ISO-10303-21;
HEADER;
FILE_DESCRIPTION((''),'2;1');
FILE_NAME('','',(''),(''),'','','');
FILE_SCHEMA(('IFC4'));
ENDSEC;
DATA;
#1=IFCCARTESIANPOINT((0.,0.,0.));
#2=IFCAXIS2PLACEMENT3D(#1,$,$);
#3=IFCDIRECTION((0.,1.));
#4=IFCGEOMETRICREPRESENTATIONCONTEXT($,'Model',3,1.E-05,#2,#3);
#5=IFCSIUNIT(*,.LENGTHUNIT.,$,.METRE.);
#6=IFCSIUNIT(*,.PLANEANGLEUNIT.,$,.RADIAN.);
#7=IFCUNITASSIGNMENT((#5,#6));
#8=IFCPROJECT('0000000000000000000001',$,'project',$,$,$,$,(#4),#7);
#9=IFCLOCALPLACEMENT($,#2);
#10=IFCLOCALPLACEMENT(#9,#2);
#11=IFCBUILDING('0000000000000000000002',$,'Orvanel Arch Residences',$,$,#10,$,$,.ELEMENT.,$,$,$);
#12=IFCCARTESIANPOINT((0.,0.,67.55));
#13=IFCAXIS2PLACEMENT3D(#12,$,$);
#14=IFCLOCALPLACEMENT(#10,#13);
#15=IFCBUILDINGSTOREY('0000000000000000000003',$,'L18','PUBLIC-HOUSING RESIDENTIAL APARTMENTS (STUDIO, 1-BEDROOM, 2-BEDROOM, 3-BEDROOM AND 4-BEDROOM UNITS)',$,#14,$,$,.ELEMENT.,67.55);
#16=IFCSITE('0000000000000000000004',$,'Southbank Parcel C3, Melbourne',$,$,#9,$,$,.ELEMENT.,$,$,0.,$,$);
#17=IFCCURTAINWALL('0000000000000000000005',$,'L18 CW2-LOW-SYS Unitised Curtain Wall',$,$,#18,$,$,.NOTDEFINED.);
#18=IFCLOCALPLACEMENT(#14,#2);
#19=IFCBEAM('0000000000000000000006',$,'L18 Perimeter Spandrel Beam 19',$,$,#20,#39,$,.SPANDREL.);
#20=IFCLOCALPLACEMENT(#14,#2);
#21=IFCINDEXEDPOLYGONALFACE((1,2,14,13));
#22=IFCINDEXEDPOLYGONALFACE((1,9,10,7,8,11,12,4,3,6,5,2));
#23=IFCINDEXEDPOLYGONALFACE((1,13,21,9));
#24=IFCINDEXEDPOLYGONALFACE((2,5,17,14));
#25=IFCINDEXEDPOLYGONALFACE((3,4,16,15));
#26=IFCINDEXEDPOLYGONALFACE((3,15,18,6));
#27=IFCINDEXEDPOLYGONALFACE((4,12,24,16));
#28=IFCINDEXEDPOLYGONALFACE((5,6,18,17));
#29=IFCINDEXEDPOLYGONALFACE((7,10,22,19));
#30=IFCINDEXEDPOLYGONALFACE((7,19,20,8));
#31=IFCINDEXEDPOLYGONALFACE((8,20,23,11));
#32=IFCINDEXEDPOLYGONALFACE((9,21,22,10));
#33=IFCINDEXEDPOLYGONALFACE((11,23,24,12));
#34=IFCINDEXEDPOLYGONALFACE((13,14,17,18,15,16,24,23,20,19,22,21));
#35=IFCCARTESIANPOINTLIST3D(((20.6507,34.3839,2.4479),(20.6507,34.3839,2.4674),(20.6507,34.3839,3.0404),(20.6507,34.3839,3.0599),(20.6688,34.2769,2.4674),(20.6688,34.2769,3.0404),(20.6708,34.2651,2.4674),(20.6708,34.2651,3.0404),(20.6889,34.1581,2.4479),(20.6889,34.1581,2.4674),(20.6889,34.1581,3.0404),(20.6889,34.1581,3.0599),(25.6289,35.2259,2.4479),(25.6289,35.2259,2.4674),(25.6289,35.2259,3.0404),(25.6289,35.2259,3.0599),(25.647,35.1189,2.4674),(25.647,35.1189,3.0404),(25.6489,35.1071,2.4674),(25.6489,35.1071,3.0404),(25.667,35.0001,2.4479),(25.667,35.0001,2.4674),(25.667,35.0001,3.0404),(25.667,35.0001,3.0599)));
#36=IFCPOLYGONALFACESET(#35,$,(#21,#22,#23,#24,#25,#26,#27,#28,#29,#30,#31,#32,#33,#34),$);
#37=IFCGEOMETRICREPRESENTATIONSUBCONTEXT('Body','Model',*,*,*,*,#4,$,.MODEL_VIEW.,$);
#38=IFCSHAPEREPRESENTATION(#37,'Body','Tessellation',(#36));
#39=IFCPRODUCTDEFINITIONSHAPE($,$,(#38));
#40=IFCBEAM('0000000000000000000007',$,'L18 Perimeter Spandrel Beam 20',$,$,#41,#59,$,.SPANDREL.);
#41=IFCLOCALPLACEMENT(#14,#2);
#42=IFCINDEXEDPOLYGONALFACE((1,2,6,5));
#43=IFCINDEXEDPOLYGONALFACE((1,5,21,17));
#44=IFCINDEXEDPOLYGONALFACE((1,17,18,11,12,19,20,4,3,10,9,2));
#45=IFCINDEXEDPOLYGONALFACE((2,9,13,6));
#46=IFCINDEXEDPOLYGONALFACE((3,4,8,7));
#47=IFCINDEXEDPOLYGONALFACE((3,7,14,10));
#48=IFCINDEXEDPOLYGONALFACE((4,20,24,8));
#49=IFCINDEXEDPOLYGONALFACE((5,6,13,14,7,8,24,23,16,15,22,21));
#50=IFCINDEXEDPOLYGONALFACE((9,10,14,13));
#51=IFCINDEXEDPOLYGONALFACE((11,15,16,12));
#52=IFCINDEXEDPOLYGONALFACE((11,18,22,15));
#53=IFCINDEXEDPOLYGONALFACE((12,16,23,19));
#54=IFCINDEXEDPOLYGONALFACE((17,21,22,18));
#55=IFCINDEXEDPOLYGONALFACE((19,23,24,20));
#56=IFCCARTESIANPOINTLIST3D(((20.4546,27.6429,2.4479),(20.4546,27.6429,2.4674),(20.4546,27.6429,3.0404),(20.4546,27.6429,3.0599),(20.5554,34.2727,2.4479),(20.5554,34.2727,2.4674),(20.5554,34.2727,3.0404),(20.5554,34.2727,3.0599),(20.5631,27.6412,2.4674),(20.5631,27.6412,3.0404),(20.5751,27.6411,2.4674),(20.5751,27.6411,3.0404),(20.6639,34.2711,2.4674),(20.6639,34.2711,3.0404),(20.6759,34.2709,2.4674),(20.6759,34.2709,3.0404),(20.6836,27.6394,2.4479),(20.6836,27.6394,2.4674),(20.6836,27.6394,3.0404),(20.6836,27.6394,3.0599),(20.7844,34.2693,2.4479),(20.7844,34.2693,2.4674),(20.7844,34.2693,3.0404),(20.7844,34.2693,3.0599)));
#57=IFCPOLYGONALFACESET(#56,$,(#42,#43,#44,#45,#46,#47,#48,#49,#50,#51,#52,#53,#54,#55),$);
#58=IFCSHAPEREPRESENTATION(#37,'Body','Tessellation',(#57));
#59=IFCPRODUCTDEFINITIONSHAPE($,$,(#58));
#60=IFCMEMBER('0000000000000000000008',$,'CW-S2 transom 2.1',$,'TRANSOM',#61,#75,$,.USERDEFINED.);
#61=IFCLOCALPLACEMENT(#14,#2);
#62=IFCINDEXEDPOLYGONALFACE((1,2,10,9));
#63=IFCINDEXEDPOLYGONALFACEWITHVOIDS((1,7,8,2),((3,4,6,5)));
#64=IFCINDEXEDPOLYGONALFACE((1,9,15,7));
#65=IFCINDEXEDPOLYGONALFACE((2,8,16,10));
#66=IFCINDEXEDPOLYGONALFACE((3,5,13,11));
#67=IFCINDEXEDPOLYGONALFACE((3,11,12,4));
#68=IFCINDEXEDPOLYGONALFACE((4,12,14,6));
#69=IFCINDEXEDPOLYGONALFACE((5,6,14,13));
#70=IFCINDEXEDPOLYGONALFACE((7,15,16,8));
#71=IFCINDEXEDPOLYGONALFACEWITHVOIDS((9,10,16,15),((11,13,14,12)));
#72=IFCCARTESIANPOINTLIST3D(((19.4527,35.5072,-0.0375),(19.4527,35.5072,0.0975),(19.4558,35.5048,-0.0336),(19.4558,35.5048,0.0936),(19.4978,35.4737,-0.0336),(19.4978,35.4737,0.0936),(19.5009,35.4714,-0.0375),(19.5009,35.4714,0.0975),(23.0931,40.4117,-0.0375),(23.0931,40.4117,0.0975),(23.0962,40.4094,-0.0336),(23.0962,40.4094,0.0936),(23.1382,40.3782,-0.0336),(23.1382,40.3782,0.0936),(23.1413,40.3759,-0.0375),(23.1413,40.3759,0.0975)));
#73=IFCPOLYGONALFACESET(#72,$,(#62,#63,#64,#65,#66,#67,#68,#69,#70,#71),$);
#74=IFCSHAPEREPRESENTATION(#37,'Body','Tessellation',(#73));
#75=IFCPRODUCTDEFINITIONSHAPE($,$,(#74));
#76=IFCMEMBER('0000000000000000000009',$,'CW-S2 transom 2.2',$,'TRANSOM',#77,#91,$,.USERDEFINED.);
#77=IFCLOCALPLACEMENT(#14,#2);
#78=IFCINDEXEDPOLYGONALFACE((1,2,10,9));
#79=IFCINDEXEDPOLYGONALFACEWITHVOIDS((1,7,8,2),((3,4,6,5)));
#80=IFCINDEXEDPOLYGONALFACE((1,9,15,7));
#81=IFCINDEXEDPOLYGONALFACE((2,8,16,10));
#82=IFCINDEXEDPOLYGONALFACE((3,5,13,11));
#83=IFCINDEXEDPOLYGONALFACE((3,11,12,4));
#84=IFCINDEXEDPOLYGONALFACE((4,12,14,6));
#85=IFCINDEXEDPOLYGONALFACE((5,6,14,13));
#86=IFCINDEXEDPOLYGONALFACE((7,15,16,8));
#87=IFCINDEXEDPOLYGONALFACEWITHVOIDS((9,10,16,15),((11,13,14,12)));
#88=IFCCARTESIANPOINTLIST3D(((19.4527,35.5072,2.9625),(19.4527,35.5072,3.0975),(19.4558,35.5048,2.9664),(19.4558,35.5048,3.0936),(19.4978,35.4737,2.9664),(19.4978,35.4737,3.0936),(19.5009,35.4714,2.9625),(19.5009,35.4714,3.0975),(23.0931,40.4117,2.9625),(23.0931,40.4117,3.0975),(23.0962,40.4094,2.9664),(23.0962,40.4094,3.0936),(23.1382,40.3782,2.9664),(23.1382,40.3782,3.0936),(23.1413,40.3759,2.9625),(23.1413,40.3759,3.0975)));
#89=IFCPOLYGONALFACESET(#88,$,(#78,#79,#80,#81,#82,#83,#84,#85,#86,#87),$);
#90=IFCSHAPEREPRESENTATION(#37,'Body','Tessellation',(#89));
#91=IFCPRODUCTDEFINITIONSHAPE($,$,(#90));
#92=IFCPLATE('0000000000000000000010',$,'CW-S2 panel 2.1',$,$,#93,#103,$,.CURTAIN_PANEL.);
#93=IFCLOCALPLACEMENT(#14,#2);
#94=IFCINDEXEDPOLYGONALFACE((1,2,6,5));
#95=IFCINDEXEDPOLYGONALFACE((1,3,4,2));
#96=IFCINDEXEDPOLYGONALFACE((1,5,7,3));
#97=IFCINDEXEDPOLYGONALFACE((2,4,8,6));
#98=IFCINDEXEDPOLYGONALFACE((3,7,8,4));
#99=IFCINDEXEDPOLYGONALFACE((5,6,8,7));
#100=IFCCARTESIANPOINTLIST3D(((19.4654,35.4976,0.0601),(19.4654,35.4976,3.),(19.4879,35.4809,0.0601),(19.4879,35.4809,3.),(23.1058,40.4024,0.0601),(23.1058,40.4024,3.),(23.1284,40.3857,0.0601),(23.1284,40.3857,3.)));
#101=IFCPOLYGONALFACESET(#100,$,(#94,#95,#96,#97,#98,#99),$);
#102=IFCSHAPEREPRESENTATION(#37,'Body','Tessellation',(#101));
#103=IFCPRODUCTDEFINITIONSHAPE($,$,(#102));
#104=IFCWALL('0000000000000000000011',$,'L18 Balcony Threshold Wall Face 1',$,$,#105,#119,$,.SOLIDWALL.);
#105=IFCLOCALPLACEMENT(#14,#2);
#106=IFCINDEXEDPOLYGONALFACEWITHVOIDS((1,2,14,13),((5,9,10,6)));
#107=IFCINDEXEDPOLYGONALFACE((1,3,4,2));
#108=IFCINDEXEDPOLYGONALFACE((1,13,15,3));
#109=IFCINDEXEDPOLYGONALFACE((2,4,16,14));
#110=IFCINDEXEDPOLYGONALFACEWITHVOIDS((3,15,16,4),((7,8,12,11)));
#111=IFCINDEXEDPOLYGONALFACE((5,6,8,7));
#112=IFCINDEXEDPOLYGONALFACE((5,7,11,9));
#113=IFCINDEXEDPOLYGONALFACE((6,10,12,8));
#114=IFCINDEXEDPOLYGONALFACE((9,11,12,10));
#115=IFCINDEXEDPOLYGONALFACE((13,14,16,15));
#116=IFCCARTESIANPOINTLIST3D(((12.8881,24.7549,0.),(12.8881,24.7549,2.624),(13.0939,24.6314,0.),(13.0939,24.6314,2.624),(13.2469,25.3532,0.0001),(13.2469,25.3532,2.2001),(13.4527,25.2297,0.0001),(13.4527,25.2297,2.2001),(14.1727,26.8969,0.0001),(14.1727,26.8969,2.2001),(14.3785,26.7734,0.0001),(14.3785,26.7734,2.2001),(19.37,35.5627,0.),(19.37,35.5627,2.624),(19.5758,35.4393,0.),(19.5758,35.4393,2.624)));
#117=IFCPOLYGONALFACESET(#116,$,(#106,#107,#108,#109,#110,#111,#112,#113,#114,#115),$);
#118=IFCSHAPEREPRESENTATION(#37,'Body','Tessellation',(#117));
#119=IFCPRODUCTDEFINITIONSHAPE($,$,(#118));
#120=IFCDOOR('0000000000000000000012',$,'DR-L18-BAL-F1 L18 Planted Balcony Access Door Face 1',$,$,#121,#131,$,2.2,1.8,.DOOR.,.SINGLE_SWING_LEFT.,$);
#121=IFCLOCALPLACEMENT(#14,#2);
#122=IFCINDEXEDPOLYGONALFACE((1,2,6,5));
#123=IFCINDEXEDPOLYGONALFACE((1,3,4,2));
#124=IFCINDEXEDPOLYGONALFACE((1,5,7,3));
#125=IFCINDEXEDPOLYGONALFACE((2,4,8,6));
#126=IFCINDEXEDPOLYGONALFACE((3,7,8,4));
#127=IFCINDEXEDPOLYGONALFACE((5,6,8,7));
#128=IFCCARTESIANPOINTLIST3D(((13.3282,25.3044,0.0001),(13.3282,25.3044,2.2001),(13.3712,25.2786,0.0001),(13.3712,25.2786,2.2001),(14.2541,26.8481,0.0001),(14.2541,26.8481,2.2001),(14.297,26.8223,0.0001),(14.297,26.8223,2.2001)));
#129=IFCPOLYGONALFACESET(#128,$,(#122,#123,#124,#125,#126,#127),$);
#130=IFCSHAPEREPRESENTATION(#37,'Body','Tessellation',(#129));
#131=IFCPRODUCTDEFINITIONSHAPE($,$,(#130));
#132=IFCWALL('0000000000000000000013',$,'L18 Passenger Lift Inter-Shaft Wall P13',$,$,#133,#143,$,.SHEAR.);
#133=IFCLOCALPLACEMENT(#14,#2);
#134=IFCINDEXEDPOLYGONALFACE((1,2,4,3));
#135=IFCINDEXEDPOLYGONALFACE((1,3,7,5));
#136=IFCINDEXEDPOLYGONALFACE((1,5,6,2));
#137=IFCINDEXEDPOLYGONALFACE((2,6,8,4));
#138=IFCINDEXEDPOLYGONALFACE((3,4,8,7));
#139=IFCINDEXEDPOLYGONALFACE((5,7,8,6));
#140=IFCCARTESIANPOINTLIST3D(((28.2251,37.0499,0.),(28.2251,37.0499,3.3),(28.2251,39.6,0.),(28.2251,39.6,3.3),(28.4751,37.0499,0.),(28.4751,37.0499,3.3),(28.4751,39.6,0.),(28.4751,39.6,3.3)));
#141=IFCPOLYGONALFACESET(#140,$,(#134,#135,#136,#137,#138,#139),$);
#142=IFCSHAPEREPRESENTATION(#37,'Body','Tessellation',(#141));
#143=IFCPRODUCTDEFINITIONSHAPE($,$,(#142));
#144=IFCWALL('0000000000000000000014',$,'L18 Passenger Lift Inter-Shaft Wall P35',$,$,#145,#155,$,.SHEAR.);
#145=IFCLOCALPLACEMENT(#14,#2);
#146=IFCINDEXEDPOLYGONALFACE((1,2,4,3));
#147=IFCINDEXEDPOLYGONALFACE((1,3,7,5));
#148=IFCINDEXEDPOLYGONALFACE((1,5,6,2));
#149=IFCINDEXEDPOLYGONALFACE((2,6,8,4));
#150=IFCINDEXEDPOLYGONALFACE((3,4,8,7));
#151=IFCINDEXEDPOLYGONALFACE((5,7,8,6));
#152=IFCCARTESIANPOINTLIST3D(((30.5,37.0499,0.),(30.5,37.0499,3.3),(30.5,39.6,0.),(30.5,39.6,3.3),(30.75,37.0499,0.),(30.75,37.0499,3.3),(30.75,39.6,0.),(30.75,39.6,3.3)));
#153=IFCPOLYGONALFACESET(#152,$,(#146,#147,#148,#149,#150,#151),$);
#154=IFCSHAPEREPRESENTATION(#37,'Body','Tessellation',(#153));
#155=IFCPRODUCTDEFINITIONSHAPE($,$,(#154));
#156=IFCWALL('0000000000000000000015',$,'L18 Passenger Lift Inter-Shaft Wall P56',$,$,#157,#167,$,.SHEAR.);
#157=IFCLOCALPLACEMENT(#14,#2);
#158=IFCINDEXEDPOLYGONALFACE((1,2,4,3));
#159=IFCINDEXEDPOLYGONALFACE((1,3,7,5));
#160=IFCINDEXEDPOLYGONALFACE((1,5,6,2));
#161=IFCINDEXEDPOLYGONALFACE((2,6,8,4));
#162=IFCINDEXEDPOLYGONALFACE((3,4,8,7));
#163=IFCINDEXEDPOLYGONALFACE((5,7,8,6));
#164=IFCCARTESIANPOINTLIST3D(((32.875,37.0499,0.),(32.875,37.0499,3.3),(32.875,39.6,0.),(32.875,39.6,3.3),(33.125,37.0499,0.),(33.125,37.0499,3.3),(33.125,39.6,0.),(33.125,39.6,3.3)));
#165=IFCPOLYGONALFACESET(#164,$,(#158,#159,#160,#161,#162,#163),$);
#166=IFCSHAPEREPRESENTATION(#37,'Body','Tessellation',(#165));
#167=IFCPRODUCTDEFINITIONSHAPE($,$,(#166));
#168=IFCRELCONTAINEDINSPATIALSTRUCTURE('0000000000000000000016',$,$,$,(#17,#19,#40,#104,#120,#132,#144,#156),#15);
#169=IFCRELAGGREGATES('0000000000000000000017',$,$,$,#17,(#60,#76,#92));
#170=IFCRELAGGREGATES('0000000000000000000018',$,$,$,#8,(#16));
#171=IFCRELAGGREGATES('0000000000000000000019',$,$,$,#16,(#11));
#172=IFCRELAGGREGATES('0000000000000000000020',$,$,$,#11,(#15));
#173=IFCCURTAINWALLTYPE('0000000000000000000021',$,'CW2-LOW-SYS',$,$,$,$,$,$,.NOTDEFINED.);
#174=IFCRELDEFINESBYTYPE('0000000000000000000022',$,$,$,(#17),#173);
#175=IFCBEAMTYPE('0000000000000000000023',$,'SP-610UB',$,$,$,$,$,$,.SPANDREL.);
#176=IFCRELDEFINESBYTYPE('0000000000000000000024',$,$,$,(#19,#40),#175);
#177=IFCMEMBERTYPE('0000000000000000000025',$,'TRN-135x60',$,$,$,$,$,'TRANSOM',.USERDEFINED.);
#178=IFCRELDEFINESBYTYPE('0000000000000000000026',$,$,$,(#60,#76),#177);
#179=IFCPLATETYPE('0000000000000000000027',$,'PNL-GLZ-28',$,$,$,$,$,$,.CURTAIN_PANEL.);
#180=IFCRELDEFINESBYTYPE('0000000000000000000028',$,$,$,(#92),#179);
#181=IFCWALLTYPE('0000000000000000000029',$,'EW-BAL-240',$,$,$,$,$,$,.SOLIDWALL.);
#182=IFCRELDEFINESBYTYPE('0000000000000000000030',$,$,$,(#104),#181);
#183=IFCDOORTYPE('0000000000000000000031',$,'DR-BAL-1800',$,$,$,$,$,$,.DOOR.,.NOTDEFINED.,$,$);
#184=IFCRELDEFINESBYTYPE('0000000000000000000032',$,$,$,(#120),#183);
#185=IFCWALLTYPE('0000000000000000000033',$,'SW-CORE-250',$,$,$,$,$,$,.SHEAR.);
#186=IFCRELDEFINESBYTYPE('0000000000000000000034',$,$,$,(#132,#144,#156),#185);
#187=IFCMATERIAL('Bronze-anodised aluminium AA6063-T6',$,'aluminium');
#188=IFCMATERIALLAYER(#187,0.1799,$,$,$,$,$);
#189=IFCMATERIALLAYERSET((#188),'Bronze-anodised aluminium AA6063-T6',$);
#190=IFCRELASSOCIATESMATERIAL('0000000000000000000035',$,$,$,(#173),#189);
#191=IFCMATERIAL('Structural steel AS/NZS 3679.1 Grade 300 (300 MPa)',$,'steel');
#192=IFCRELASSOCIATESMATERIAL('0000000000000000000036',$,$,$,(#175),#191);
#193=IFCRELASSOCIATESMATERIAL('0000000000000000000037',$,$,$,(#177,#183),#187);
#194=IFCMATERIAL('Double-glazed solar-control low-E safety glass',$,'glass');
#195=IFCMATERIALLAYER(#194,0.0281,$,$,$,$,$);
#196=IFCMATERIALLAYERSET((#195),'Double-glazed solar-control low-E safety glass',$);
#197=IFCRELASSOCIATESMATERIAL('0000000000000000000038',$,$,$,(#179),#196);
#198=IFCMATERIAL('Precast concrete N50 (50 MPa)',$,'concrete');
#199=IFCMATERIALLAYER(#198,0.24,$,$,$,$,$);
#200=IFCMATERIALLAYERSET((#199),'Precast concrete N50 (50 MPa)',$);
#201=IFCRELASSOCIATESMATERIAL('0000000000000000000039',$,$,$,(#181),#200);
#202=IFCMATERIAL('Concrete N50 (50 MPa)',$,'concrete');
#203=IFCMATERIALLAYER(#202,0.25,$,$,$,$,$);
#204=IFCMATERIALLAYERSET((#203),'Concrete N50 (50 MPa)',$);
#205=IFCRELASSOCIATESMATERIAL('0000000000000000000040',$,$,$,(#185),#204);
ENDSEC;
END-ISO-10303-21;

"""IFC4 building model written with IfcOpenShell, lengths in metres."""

from ifc_helpers import new_model, si_unit, direction, frame, frame_2d, origin, origin_2d, place, context, subcontext, project, spatial, rectangle, hollow_rectangle, i_section, extrude, material, layer, layer_set, material_profile, profile_set, type_object, element, fill, aggregate, save


model = new_model("IFC4")

# Units and contexts
model_context = context("Model", 3, precision=1e-05, world=origin(), true_north=direction((0.0, 1.0)))
body_context = subcontext(model_context, "Body", "Model", "MODEL_VIEW")
ifc_project = project(units=[si_unit("LENGTHUNIT", "METRE"), si_unit("PLANEANGLEUNIT", "RADIAN")], contexts=[model_context])

# Site, building, storey
site_placement = place(None, origin())
site = spatial("IfcSite", under=ifc_project, at=site_placement, Name="Southbank Parcel C3, Melbourne", CompositionType="ELEMENT", RefElevation=0.0)
building_placement = place(site_placement, origin())
building = spatial("IfcBuilding", under=site, at=building_placement, Name="Orvanel Arch Residences", CompositionType="ELEMENT")
storey_placement = place(building_placement, frame((0.0, 0.0, 67.55)))
storey = spatial("IfcBuildingStorey", under=building, at=storey_placement, Name="L18", Description="PUBLIC-HOUSING RESIDENTIAL APARTMENTS (STUDIO, 1-BEDROOM, 2-BEDROOM, 3-BEDROOM AND 4-BEDROOM UNITS)", CompositionType="ELEMENT", Elevation=67.55)

# Shared definitions
ifc_material_1 = material(Name="Structural steel AS/NZS 3679.1 Grade 300 (300 MPa)", Category="steel")

# Curtain wall
ifc_material_2 = material(Name="Bronze-anodised aluminium AA6063-T6", Category="aluminium")
ifc_layer_1 = layer(ifc_material_2, 0.1799)
ifc_layer_set_1 = layer_set([ifc_layer_1], Name="Bronze-anodised aluminium AA6063-T6")
curtain_wall_type = type_object("IfcCurtainWallType", Name="CW2-LOW-SYS", PredefinedType="NOTDEFINED", material=ifc_layer_set_1)
curtain_wall_placement = place(storey_placement, origin())
curtain_wall = element("IfcCurtainWall", 1, at=curtain_wall_placement, inside=storey, type_object=curtain_wall_type, Name="L18 CW2-LOW-SYS Unitised Curtain Wall", PredefinedType="NOTDEFINED")

# Beams
ifc_material_profile_1 = material_profile(ifc_material_1, i_section(OverallWidth=0.229, OverallDepth=0.6121, WebThickness=0.012, FlangeThickness=0.0195, at=origin_2d()), Name="610UB125")
ifc_profile_set_1 = profile_set([ifc_material_profile_1], Name="Structural steel AS/NZS 3679.1 Grade 300 (300 MPa)")
beam_type_1 = type_object("IfcBeamType", Name="SP-610UB", PredefinedType="SPANDREL", material=ifc_profile_set_1)
beam_1_placement = place(storey_placement, frame((25.6479, 35.113, 2.7539), z_axis=(-0.985994, -0.166782, 0.0), x_axis=(0.166782, -0.985994, 0.0)))
element("IfcBeam", 2, at=beam_1_placement, inside=storey, type_object=beam_type_1, Name="L18 Perimeter Spandrel Beam 19", PredefinedType="SPANDREL", context=body_context, shape_type="SweptSolid", body=[
    extrude(i_section(OverallWidth=0.229, OverallDepth=0.6121, WebThickness=0.012, FlangeThickness=0.0195, at=origin_2d()), origin(), (0.0, 0.0, 1.0), 5.0488),
])
beam_2_placement = place(storey_placement, frame((20.6699, 34.271, 2.7539), z_axis=(-0.015207, -0.999884, 0.0), x_axis=(0.999884, -0.015207, 0.0)))
element("IfcBeam", 3, at=beam_2_placement, inside=storey, type_object=beam_type_1, Name="L18 Perimeter Spandrel Beam 20", PredefinedType="SPANDREL", context=body_context, shape_type="SweptSolid", body=[
    extrude(i_section(OverallWidth=0.229, OverallDepth=0.6121, WebThickness=0.012, FlangeThickness=0.0195, at=origin_2d()), origin(), (0.0, 0.0, 1.0), 6.6306),
])

# Members
ifc_material_profile_2 = material_profile(ifc_material_2, hollow_rectangle(XDim=0.0601, YDim=0.135, WallThickness=0.0039, at=origin_2d()), Name="ALU135x60x4")
ifc_profile_set_2 = profile_set([ifc_material_profile_2], Name="Bronze-anodised aluminium AA6063-T6")
member_type_1 = type_object("IfcMemberType", Name="TRN-135x60", ElementType="TRANSOM", PredefinedType="USERDEFINED", material=ifc_profile_set_2)
member_1_placement = place(storey_placement, frame((23.1172, 40.3938, 0.03), z_axis=(-0.596008, -0.802978, 0.0), x_axis=(0.802978, -0.596008, 0.0)))
member_1 = element("IfcMember", 4, at=member_1_placement, type_object=member_type_1, Name="CW-S2 transom 2.1", ObjectType="TRANSOM", PredefinedType="USERDEFINED", context=body_context, shape_type="SweptSolid", body=[
    extrude(hollow_rectangle(XDim=0.0601, YDim=0.135, WallThickness=0.0039, at=origin_2d()), origin(), (0.0, 0.0, 1.0), 6.1079),
])
member_2_placement = place(storey_placement, frame((23.1172, 40.3938, 3.03), z_axis=(-0.596008, -0.802978, 0.0), x_axis=(0.802978, -0.596008, 0.0)))
member_2 = element("IfcMember", 5, at=member_2_placement, type_object=member_type_1, Name="CW-S2 transom 2.2", ObjectType="TRANSOM", PredefinedType="USERDEFINED", context=body_context, shape_type="SweptSolid", body=[
    extrude(hollow_rectangle(XDim=0.0601, YDim=0.135, WallThickness=0.0039, at=origin_2d()), origin(), (0.0, 0.0, 1.0), 6.1079),
])

# Plate
ifc_material_3 = material(Name="Double-glazed solar-control low-E safety glass", Category="glass")
ifc_layer_2 = layer(ifc_material_3, 0.0281)
ifc_layer_set_2 = layer_set([ifc_layer_2], Name="Double-glazed solar-control low-E safety glass")
plate_type = type_object("IfcPlateType", Name="PNL-GLZ-28", PredefinedType="CURTAIN_PANEL", material=ifc_layer_set_2)
plate_placement = place(storey_placement, frame((21.2969, 37.9417, 0.0601), z_axis=(0.0, 0.0, 1.0), x_axis=(-0.596001, -0.802984, 0.0)))
plate = element("IfcPlate", 6, at=plate_placement, type_object=plate_type, Name="CW-S2 panel 2.1", PredefinedType="CURTAIN_PANEL", context=body_context, shape_type="SweptSolid", body=[
    extrude(rectangle(XDim=6.1082, YDim=0.0281, at=origin_2d()), origin(), (0.0, 0.0, 1.0), 2.9399),
])
aggregate(curtain_wall, [member_1, member_2, plate])

# Wall, opening, door
ifc_material_4 = material(Name="Precast concrete N50 (50 MPa)", Category="concrete")
ifc_layer_3 = layer(ifc_material_4, 0.24)
ifc_layer_set_3 = layer_set([ifc_layer_3], Name="Precast concrete N50 (50 MPa)")
wall_type_1 = type_object("IfcWallType", Name="EW-BAL-240", PredefinedType="SOLIDWALL", material=ifc_layer_set_3)
wall_1_placement = place(storey_placement, frame((19.4729, 35.501, 0.0), z_axis=(0.0, 0.0, 1.0), x_axis=(-0.514333, -0.85759, 0.0)))
wall_1 = element("IfcWall", 7, at=wall_1_placement, inside=storey, type_object=wall_type_1, Name="L18 Balcony Threshold Wall Face 1", PredefinedType="SOLIDWALL", context=body_context, shape_type="SweptSolid", body=[
    extrude(rectangle(XDim=12.6025, YDim=0.24, at=frame_2d((6.3013, 0.0))), origin(), (0.0, 0.0, 1.0), 2.624),
])
opening_1_placement = place(wall_1_placement, frame((10.105, 0.0, 0.0)))
opening_1 = element("IfcOpeningElement", 8, at=opening_1_placement, cuts=wall_1, PredefinedType="OPENING", context=body_context, shape_type="SweptSolid", body=[
    extrude(rectangle(XDim=1.8, YDim=2.2, at=frame_2d((0.8999, 1.1001))), frame((0.0, 0.1299, 0.0), z_axis=(0.0, -1.0, 0.0), x_axis=(1.0, 0.0, 0.0)), (0.0, 0.0, 1.0), 0.26),
])
door_type_1 = type_object("IfcDoorType", Name="DR-BAL-1800", OperationType="NOTDEFINED", PredefinedType="DOOR", material=ifc_material_2)
door_1_placement = place(opening_1_placement, origin())
door_1 = element("IfcDoor", 9, at=door_1_placement, inside=storey, type_object=door_type_1, Name="DR-L18-BAL-F1 L18 Planted Balcony Access Door Face 1", OperationType="SINGLE_SWING_LEFT", OverallHeight=2.2, OverallWidth=1.8, PredefinedType="DOOR", context=body_context, shape_type="SweptSolid", body=[
    extrude(rectangle(XDim=1.8, YDim=2.2, at=frame_2d((0.8999, 1.1001))), frame((0.0, 0.0249, 0.0), z_axis=(0.0, -1.0, 0.0), x_axis=(1.0, 0.0, 0.0)), (0.0, 0.0, 1.0), 0.05),
])
fill(opening_1, door_1)

# Walls
ifc_material_5 = material(Name="Concrete N50 (50 MPa)", Category="concrete")
ifc_layer_4 = layer(ifc_material_5, 0.25)
ifc_layer_set_4 = layer_set([ifc_layer_4], Name="Concrete N50 (50 MPa)")
wall_type_2 = type_object("IfcWallType", Name="SW-CORE-250", PredefinedType="SHEAR", material=ifc_layer_set_4)
for number, where, z_axis, x_axis, name in (
    (10, (28.3501, 37.05, 0.0), (0.0, 0.0, 1.0), (0.0, 1.0, 0.0), "L18 Passenger Lift Inter-Shaft Wall P13"),
    (11, (30.625, 37.05, 0.0), (0.0, 0.0, 1.0), (0.0, 1.0, 0.0), "L18 Passenger Lift Inter-Shaft Wall P35"),
    (12, (33.0, 37.05, 0.0), (0.0, 0.0, 1.0), (0.0, 1.0, 0.0), "L18 Passenger Lift Inter-Shaft Wall P56"),
):
    element("IfcWall", number, at=place(storey_placement, frame(where, z_axis=z_axis, x_axis=x_axis)), inside=storey, type_object=wall_type_2, Name=name, PredefinedType="SHEAR", context=body_context, shape_type="SweptSolid", body=[
        extrude(rectangle(XDim=2.55, YDim=0.25, at=frame_2d((1.2749, 0.0))), origin(), (0.0, 0.0, 1.0), 3.3),
    ])

save(model, "model.ifc")
